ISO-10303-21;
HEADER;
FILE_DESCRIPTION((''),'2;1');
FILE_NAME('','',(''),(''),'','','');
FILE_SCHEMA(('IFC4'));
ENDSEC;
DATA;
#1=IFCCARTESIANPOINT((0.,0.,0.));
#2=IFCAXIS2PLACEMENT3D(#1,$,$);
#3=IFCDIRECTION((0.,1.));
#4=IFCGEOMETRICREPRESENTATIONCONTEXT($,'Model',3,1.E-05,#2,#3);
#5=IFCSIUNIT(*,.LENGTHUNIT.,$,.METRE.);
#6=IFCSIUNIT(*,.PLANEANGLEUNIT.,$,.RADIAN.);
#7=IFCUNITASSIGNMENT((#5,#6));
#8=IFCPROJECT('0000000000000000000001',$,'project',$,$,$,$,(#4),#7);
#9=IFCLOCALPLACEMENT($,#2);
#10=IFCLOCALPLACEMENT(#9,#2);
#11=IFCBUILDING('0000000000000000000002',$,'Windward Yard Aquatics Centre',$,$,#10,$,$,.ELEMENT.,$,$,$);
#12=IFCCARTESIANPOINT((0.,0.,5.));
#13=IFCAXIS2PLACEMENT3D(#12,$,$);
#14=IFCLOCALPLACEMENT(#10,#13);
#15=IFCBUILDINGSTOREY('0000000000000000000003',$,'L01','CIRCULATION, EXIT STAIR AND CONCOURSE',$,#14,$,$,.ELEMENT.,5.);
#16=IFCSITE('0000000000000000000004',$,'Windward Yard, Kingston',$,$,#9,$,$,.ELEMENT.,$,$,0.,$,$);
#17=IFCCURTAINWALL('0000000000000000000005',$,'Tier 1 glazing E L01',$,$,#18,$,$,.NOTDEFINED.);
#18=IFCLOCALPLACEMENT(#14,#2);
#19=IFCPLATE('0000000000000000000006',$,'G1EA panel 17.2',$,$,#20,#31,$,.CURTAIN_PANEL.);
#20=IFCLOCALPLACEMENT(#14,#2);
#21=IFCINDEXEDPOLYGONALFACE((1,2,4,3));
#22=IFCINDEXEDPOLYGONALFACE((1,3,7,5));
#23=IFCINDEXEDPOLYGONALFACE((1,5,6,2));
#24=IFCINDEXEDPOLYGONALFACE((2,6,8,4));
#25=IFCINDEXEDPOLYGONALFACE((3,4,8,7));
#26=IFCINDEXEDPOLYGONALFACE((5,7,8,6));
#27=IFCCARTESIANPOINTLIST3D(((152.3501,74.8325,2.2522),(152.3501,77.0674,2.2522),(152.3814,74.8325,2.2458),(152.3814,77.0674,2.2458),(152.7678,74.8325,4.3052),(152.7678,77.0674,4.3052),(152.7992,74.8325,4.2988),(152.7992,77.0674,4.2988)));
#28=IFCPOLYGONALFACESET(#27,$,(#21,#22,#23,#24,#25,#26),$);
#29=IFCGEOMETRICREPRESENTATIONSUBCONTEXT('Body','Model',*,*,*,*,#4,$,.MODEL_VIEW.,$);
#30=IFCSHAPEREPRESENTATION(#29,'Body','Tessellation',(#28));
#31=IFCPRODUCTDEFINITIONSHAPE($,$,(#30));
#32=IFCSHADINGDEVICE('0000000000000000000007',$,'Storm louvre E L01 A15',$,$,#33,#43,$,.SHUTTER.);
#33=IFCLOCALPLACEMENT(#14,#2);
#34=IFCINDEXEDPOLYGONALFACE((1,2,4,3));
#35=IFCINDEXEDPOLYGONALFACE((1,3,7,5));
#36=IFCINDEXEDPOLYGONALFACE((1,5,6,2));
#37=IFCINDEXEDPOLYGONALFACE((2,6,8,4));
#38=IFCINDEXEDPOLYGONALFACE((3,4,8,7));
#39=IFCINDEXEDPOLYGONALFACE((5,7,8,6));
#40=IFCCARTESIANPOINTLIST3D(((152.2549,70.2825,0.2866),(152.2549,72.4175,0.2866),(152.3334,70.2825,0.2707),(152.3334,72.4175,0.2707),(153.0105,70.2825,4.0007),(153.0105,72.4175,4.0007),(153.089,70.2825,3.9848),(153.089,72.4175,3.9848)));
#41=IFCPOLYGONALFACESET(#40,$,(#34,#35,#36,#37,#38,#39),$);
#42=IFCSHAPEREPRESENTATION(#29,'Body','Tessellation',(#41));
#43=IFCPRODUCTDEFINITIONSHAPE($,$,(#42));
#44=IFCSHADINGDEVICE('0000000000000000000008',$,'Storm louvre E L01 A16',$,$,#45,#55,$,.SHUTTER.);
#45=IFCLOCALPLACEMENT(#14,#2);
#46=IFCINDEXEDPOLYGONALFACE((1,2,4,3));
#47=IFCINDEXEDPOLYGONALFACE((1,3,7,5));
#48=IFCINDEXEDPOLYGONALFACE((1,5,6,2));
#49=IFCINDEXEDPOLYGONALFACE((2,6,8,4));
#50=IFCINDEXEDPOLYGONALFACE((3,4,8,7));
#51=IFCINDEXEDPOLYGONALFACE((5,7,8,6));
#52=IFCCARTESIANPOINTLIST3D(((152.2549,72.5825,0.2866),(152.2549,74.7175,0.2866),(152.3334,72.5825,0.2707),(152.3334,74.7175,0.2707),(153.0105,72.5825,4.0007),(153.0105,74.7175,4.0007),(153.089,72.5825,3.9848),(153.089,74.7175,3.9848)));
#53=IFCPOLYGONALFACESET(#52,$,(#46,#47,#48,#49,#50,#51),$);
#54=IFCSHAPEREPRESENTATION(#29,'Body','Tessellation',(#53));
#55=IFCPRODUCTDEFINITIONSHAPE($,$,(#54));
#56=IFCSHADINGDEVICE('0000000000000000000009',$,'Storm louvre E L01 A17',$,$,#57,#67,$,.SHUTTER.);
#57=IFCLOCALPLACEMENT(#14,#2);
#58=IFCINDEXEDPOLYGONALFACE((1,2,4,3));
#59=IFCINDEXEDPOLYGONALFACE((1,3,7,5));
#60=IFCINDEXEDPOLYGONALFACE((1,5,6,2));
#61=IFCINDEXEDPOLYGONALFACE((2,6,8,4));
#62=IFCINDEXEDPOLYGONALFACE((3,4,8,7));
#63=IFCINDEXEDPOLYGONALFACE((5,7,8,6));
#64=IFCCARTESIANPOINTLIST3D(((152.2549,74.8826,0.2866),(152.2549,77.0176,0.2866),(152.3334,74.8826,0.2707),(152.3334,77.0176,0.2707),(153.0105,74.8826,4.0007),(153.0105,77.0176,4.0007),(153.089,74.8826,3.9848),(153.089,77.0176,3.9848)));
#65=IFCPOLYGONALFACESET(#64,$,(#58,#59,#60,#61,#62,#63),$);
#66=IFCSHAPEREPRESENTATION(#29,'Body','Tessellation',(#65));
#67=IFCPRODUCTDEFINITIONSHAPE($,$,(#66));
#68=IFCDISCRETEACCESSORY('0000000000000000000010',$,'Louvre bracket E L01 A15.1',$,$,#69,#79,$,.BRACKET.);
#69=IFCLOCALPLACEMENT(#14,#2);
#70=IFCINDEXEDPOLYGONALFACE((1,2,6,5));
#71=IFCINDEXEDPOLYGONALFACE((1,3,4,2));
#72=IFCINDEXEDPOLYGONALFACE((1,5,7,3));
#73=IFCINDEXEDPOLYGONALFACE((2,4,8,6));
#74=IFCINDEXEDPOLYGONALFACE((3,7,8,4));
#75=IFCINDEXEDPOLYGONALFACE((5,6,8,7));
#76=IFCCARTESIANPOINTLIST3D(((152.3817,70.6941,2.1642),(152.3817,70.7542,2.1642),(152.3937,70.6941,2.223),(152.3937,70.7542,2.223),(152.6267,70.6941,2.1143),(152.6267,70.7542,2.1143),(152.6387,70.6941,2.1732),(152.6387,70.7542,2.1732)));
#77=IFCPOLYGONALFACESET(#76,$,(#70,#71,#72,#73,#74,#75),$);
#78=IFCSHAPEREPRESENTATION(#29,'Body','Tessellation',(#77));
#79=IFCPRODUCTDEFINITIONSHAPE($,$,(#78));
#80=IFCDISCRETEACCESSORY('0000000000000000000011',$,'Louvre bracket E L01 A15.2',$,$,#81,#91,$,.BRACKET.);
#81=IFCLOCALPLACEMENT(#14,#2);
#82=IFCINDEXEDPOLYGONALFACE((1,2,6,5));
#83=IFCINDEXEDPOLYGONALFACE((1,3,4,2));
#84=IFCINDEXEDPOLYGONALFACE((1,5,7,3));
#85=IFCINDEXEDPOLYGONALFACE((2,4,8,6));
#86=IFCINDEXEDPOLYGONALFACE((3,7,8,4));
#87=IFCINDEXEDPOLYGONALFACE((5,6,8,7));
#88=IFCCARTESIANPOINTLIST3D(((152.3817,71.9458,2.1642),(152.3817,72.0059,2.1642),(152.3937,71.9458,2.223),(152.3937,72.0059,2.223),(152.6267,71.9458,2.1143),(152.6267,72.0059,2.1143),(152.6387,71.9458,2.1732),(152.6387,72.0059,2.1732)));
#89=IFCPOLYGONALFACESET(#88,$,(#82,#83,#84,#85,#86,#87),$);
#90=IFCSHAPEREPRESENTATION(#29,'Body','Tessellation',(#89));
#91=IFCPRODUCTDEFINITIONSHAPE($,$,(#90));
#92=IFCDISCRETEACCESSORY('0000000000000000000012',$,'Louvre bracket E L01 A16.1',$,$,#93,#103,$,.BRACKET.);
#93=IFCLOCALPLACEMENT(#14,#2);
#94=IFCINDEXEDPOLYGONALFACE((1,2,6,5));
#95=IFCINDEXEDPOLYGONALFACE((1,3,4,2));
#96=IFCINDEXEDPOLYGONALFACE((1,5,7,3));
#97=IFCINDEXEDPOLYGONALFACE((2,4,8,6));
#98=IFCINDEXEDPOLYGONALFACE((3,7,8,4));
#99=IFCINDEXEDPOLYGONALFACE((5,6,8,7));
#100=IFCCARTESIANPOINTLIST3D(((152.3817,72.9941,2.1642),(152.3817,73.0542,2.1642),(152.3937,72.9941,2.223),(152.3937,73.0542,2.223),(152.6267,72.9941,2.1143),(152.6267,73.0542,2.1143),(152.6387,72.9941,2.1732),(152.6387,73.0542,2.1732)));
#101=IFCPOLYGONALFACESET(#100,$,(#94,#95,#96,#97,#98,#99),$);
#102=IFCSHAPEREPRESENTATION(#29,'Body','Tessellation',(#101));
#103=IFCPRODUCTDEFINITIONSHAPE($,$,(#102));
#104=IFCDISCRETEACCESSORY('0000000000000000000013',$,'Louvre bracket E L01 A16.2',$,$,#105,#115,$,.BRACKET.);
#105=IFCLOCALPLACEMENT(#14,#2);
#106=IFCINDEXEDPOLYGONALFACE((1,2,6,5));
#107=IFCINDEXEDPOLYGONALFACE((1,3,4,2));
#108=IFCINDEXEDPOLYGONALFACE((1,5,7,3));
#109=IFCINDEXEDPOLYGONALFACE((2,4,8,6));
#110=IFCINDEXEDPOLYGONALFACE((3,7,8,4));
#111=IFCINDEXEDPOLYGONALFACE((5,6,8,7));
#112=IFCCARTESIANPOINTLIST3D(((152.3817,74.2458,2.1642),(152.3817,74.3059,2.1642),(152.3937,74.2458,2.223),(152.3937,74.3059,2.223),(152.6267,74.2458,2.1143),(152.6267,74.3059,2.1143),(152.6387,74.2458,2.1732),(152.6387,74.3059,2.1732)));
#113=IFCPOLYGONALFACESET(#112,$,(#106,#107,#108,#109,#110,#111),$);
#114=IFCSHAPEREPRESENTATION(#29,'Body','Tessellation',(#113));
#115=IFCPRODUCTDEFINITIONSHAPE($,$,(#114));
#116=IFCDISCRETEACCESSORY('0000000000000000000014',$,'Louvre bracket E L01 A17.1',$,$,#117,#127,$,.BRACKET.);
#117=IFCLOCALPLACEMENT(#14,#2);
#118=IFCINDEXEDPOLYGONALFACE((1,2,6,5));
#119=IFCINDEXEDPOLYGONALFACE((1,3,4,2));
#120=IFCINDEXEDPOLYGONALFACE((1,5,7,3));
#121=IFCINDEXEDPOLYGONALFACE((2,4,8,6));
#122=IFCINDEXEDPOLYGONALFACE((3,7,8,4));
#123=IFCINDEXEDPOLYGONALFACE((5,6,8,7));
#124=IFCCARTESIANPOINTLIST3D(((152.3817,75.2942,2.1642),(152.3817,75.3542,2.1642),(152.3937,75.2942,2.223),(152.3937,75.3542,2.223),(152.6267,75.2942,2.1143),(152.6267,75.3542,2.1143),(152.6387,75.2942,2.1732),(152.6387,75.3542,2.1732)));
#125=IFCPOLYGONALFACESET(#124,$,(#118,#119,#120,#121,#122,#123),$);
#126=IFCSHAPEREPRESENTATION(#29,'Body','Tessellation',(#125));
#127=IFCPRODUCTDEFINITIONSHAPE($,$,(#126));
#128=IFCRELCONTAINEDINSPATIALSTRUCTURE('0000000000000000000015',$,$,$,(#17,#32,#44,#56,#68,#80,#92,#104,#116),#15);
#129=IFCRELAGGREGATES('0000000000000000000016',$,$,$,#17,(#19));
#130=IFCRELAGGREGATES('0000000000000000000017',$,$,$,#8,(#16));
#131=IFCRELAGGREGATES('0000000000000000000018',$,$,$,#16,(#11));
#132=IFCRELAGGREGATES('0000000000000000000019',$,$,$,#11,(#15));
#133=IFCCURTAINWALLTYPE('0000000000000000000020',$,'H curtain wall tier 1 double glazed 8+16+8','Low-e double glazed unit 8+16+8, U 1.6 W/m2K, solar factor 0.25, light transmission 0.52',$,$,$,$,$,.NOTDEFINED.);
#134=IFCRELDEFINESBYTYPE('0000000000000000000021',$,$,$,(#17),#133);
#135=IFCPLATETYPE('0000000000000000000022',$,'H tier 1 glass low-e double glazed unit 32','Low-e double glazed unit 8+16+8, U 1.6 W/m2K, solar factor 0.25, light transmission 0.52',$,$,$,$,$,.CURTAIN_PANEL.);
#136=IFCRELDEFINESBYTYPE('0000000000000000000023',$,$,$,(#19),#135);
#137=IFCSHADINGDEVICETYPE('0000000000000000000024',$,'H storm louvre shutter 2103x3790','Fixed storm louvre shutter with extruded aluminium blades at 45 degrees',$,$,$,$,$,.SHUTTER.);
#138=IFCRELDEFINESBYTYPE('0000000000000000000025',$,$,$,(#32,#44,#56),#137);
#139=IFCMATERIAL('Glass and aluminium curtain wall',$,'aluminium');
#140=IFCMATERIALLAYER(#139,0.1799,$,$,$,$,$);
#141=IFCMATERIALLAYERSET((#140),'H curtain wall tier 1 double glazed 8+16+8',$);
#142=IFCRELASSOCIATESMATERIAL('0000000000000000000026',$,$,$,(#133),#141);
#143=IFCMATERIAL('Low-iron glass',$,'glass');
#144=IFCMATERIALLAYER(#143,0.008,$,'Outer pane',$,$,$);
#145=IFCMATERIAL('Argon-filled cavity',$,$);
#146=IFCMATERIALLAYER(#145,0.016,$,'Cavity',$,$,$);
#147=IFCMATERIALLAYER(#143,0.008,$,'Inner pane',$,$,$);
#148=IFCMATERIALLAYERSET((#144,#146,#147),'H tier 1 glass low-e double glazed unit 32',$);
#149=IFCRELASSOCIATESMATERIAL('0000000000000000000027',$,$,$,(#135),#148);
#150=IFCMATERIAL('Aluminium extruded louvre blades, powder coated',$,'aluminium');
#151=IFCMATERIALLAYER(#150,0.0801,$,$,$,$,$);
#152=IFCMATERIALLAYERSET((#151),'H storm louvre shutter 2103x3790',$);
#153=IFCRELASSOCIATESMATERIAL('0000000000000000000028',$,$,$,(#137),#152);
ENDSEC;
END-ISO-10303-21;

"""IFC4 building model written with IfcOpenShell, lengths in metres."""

from ifc_helpers import new_model, si_unit, direction, frame, origin, origin_2d, place, context, subcontext, project, spatial, polyline, rectangle, outline, extrude, material, layer, layer_set, type_object, element, aggregate, save


model = new_model("IFC4")

# Units and contexts
model_context = context("Model", 3, precision=1e-05, world=origin(), true_north=direction((0.0, 1.0)))
body_context = subcontext(model_context, "Body", "Model", "MODEL_VIEW")
ifc_project = project(units=[si_unit("LENGTHUNIT", "METRE"), si_unit("PLANEANGLEUNIT", "RADIAN")], contexts=[model_context])

# Site, building, storey
site_placement = place(None, origin())
site = spatial("IfcSite", under=ifc_project, at=site_placement, Name="Windward Yard, Kingston", CompositionType="ELEMENT", RefElevation=0.0)
building_placement = place(site_placement, origin())
building = spatial("IfcBuilding", under=site, at=building_placement, Name="Windward Yard Aquatics Centre", CompositionType="ELEMENT")
storey_placement = place(building_placement, frame((0.0, 0.0, 5.0)))
storey = spatial("IfcBuildingStorey", under=building, at=storey_placement, Name="L01", Description="CIRCULATION, EXIT STAIR AND CONCOURSE", CompositionType="ELEMENT", Elevation=5.0)

# Curtain wall, plate
ifc_material_1 = material(Name="Glass and aluminium curtain wall", Category="aluminium")
ifc_layer_1 = layer(ifc_material_1, 0.1799)
ifc_layer_set_1 = layer_set([ifc_layer_1], Name="H curtain wall tier 1 double glazed 8+16+8")
curtain_wall_type = type_object("IfcCurtainWallType", Name="H curtain wall tier 1 double glazed 8+16+8", Description="Low-e double glazed unit 8+16+8, U 1.6 W/m2K, solar factor 0.25, light transmission 0.52", PredefinedType="NOTDEFINED", material=ifc_layer_set_1)
curtain_wall_placement = place(storey_placement, origin())
curtain_wall = element("IfcCurtainWall", 1, at=curtain_wall_placement, inside=storey, type_object=curtain_wall_type, Name="Tier 1 glazing E L01", PredefinedType="NOTDEFINED")
ifc_material_2 = material(Name="Low-iron glass", Category="glass")
ifc_layer_2 = layer(ifc_material_2, 0.008, Name="Outer pane")
ifc_material_3 = material(Name="Argon-filled cavity")
ifc_layer_3 = layer(ifc_material_3, 0.016, Name="Cavity")
ifc_layer_4 = layer(ifc_material_2, 0.008, Name="Inner pane")
ifc_layer_set_2 = layer_set([ifc_layer_2, ifc_layer_3, ifc_layer_4], Name="H tier 1 glass low-e double glazed unit 32")
plate_type = type_object("IfcPlateType", Name="H tier 1 glass low-e double glazed unit 32", Description="Low-e double glazed unit 8+16+8, U 1.6 W/m2K, solar factor 0.25, light transmission 0.52", PredefinedType="CURTAIN_PANEL", material=ifc_layer_set_2)
plate_1_placement = place(storey_placement, frame((152.3501, 74.8325, 2.2522), z_axis=(-0.979921, 0.0, 0.199387), x_axis=(0.0, 1.0, 0.0)))
plate_1 = element("IfcPlate", 2, at=plate_1_placement, type_object=plate_type, Name="G1EA panel 17.2", PredefinedType="CURTAIN_PANEL", context=body_context, shape_type="SweptSolid", body=[
    extrude(outline(polyline([(0.0, 0.0), (2.2349, 0.0), (2.2349, -2.095), (0.0, -2.095), (0.0, 0.0)])), origin(), (0.0, 0.0, -1.0), 0.032),
])
aggregate(curtain_wall, [plate_1])

# Shading devices
ifc_material_4 = material(Name="Aluminium extruded louvre blades, powder coated", Category="aluminium")
ifc_layer_5 = layer(ifc_material_4, 0.0801)
ifc_layer_set_3 = layer_set([ifc_layer_5], Name="H storm louvre shutter 2103x3790")
shading_device_type = type_object("IfcShadingDeviceType", Name="H storm louvre shutter 2103x3790", Description="Fixed storm louvre shutter with extruded aluminium blades at 45 degrees", PredefinedType="SHUTTER", material=ifc_layer_set_3)
for number, where, z_axis, x_axis, name in (
    (3, (152.2549, 70.2825, 0.2866), (-0.979926, 0.0, 0.199361), (0.0, 1.0, 0.0), "Storm louvre E L01 A15"),
    (4, (152.2549, 72.5825, 0.2866), (-0.979926, 0.0, 0.199361), (0.0, 1.0, 0.0), "Storm louvre E L01 A16"),
    (5, (152.2549, 74.8826, 0.2866), (-0.979926, 0.0, 0.199361), (0.0, 1.0, 0.0), "Storm louvre E L01 A17"),
):
    element("IfcShadingDevice", number, at=place(storey_placement, frame(where, z_axis=z_axis, x_axis=x_axis)), inside=storey, type_object=shading_device_type, Name=name, PredefinedType="SHUTTER", context=body_context, shape_type="SweptSolid", body=[
        extrude(outline(polyline([(0.0, 0.0), (2.135, 0.0), (2.135, -3.7902), (0.0, -3.7902), (0.0, 0.0)])), origin(), (0.0, 0.0, -1.0), 0.0801),
    ])

# Discrete accessories
for number, where, z_axis, x_axis, name in (
    (6, (152.3877, 70.7241, 2.1936), (0.979937, 0.0, -0.199309), (0.0, 1.0, 0.0), "Louvre bracket E L01 A15.1"),
    (7, (152.3877, 71.9758, 2.1936), (0.979937, 0.0, -0.199309), (0.0, 1.0, 0.0), "Louvre bracket E L01 A15.2"),
    (8, (152.3877, 73.0242, 2.1936), (0.979937, 0.0, -0.199309), (0.0, 1.0, 0.0), "Louvre bracket E L01 A16.1"),
    (9, (152.3877, 74.2759, 2.1936), (0.979937, 0.0, -0.199309), (0.0, 1.0, 0.0), "Louvre bracket E L01 A16.2"),
    (10, (152.3877, 75.3242, 2.1936), (0.979937, 0.0, -0.199309), (0.0, 1.0, 0.0), "Louvre bracket E L01 A17.1"),
):
    element("IfcDiscreteAccessory", number, at=place(storey_placement, frame(where, z_axis=z_axis, x_axis=x_axis)), inside=storey, Name=name, PredefinedType="BRACKET", context=body_context, shape_type="SweptSolid", body=[
        extrude(rectangle(XDim=0.0601, YDim=0.0601, at=origin_2d()), origin(), (0.0, 0.0, 1.0), 0.25),
    ])

save(model, "model.ifc")
